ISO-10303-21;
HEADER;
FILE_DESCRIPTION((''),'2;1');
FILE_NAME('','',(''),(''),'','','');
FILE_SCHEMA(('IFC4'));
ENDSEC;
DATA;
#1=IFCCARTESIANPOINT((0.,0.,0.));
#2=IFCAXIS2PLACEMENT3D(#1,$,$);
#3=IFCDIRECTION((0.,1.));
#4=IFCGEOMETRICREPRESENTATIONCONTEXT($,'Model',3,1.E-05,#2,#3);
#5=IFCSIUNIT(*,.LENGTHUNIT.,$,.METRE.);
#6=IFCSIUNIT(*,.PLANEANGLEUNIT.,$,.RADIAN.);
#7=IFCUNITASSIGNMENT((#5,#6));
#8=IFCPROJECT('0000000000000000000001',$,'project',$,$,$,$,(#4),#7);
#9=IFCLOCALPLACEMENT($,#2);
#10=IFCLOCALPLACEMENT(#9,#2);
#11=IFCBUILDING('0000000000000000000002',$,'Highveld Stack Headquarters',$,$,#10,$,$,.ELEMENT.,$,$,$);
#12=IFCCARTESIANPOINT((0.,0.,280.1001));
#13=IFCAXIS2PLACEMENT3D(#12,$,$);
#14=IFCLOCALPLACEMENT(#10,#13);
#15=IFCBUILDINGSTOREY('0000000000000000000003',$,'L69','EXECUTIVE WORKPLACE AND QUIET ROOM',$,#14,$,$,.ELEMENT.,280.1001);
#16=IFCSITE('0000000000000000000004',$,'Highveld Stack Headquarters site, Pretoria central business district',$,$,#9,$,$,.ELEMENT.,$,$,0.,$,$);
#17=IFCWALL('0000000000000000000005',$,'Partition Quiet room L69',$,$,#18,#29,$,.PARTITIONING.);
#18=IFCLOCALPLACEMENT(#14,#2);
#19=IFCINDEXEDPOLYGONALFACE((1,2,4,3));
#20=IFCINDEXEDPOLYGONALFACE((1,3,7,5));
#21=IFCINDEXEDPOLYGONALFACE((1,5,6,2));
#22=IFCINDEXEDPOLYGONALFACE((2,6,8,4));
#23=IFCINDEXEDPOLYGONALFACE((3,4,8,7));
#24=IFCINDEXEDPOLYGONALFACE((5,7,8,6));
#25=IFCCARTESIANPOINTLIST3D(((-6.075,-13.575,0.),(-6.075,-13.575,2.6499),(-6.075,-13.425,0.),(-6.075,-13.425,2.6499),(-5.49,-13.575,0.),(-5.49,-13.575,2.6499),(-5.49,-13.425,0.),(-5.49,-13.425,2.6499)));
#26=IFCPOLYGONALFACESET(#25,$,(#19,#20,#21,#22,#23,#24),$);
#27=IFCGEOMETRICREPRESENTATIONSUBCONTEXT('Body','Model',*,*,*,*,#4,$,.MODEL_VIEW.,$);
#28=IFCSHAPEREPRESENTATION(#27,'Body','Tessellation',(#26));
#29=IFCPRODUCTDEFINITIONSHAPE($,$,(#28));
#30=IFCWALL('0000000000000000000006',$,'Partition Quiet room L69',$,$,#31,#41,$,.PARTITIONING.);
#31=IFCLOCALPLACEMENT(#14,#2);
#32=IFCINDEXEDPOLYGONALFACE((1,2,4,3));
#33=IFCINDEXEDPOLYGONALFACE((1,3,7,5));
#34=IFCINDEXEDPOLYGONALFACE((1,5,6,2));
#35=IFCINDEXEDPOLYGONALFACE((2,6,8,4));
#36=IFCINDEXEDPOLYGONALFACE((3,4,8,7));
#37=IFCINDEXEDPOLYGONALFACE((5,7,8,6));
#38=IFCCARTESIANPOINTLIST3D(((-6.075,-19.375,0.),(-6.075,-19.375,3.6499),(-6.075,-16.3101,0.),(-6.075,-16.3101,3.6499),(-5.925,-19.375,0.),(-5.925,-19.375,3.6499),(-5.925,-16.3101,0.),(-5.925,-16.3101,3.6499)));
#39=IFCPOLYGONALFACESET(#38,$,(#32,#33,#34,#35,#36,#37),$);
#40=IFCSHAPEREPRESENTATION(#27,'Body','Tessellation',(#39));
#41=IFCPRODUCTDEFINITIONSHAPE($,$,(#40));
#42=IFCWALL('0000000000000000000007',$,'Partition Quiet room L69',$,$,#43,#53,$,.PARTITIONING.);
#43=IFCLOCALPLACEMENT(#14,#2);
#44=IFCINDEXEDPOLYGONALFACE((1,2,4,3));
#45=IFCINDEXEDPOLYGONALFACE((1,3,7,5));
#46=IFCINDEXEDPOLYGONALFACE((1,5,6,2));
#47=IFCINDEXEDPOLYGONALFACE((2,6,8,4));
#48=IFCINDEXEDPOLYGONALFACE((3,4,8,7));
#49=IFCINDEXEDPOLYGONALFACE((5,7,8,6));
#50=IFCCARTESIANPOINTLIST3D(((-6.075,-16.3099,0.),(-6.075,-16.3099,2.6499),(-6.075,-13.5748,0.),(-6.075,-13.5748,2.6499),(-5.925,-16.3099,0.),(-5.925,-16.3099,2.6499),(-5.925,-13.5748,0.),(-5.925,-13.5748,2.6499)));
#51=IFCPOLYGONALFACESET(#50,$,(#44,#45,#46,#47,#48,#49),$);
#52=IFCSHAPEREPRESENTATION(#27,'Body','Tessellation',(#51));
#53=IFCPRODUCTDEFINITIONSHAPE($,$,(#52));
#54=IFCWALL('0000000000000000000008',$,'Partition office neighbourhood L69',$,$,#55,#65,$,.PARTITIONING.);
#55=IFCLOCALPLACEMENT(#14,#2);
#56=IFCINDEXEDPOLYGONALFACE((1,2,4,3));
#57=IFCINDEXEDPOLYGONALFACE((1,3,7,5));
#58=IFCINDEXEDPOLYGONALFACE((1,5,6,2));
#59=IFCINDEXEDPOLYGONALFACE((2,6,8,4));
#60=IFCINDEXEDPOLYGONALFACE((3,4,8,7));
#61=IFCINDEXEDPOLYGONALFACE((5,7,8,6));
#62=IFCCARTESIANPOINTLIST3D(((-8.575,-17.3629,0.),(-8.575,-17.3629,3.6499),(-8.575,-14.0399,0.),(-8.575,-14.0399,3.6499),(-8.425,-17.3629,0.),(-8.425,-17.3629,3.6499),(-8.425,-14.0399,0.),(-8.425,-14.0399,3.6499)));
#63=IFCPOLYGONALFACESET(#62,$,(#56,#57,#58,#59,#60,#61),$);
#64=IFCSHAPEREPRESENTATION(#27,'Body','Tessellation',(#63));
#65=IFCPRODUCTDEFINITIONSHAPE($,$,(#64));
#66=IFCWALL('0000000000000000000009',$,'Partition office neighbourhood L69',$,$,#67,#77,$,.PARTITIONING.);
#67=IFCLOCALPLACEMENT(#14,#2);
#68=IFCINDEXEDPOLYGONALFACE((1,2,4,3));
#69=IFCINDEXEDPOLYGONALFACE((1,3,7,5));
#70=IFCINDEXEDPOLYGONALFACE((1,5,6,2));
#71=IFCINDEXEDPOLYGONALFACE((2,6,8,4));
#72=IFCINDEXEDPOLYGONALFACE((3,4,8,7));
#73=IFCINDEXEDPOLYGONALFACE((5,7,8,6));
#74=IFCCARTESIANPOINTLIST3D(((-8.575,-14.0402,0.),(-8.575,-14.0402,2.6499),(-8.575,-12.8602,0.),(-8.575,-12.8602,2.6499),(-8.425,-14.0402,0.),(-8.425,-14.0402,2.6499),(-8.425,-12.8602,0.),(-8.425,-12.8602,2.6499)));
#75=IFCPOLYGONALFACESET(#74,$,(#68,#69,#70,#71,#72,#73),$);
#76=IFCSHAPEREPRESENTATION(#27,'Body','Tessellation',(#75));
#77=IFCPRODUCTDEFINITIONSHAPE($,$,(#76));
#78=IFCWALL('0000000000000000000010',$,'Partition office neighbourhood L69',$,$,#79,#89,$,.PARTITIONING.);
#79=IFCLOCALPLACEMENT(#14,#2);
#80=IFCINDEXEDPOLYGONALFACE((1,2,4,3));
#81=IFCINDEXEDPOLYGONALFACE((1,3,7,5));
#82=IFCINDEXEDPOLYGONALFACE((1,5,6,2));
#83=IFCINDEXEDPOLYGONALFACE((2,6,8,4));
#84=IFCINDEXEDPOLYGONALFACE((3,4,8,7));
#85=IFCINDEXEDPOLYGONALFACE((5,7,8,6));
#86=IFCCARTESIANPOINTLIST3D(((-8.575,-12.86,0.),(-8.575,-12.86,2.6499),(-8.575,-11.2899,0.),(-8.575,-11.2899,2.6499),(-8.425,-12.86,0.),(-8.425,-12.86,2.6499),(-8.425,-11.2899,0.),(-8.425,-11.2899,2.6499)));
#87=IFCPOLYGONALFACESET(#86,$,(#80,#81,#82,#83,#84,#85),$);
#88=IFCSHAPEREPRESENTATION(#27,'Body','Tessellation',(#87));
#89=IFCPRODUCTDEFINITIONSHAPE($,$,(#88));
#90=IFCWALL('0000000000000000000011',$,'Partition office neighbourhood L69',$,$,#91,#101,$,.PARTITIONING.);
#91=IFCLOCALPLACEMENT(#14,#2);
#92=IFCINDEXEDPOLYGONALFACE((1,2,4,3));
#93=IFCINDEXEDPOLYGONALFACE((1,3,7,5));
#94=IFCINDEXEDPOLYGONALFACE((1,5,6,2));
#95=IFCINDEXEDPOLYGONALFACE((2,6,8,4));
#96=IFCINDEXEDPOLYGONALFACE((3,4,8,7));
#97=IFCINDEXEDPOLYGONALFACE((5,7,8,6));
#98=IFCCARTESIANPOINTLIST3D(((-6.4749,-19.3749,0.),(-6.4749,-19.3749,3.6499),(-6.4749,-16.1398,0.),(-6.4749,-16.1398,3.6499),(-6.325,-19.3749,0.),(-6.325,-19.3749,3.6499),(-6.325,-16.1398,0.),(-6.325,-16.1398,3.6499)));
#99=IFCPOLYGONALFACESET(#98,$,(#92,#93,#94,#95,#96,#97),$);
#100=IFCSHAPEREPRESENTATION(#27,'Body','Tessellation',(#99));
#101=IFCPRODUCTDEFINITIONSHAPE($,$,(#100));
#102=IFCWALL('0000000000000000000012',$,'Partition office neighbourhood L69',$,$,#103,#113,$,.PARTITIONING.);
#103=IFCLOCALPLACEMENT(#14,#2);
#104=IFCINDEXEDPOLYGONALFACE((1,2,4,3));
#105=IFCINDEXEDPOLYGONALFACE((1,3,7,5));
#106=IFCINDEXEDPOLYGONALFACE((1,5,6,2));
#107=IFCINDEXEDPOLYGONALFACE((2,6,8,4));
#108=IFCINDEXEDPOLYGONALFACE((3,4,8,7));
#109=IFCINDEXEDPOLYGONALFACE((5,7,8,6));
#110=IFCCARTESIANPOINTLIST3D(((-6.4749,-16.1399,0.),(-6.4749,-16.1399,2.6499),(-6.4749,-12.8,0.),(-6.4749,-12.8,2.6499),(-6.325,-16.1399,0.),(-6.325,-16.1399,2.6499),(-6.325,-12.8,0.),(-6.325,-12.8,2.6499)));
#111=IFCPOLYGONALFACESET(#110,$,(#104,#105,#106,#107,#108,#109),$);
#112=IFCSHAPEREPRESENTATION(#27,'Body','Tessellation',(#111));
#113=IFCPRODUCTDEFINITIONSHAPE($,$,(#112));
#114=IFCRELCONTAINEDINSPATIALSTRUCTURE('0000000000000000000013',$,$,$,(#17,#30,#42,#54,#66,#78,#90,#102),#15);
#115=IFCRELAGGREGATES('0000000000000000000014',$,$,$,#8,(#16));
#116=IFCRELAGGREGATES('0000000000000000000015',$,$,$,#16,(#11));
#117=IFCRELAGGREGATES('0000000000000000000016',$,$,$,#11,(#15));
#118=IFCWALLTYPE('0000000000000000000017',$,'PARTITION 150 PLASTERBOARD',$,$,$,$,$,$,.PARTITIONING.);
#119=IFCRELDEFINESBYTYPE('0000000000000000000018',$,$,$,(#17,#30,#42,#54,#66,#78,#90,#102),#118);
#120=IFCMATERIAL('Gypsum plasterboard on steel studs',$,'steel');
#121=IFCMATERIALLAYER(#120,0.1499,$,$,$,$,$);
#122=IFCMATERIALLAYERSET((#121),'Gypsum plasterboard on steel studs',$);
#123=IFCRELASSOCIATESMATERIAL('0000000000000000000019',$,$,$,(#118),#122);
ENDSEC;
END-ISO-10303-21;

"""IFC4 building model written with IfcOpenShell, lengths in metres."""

from ifc_helpers import new_model, si_unit, direction, frame, frame_2d, origin, place, context, subcontext, project, spatial, rectangle, extrude, material, layer, layer_set, type_object, element, save


model = new_model("IFC4")

# Units and contexts
model_context = context("Model", 3, precision=1e-05, world=origin(), true_north=direction((0.0, 1.0)))
body_context = subcontext(model_context, "Body", "Model", "MODEL_VIEW")
ifc_project = project(units=[si_unit("LENGTHUNIT", "METRE"), si_unit("PLANEANGLEUNIT", "RADIAN")], contexts=[model_context])

# Site, building, storey
site_placement = place(None, origin())
site = spatial("IfcSite", under=ifc_project, at=site_placement, Name="Highveld Stack Headquarters site, Pretoria central business district", CompositionType="ELEMENT", RefElevation=0.0)
building_placement = place(site_placement, origin())
building = spatial("IfcBuilding", under=site, at=building_placement, Name="Highveld Stack Headquarters", CompositionType="ELEMENT")
storey_placement = place(building_placement, frame((0.0, 0.0, 280.1001)))
storey = spatial("IfcBuildingStorey", under=building, at=storey_placement, Name="L69", Description="EXECUTIVE WORKPLACE AND QUIET ROOM", CompositionType="ELEMENT", Elevation=280.1001)

# Walls
ifc_material_1 = material(Name="Gypsum plasterboard on steel studs", Category="steel")
ifc_layer_1 = layer(ifc_material_1, 0.1499)
ifc_layer_set_1 = layer_set([ifc_layer_1], Name="Gypsum plasterboard on steel studs")
wall_type = type_object("IfcWallType", Name="PARTITION 150 PLASTERBOARD", PredefinedType="PARTITIONING", material=ifc_layer_set_1)
wall_1_placement = place(storey_placement, frame((-6.075, -13.5, 0.0), z_axis=(0.0, 0.0, 1.0), x_axis=(1.0, 0.0, 0.0)))
element("IfcWall", 1, at=wall_1_placement, inside=storey, type_object=wall_type, Name="Partition Quiet room L69", PredefinedType="PARTITIONING", context=body_context, shape_type="SweptSolid", body=[
    extrude(rectangle(XDim=0.585, YDim=0.1499, at=frame_2d((0.2925, 0.0))), origin(), (0.0, 0.0, 1.0), 2.6499),
])
wall_2_placement = place(storey_placement, frame((-6.0, -19.375, 0.0), z_axis=(0.0, 0.0, 1.0), x_axis=(0.0, 1.0, 0.0)))
element("IfcWall", 2, at=wall_2_placement, inside=storey, type_object=wall_type, Name="Partition Quiet room L69", PredefinedType="PARTITIONING", context=body_context, shape_type="SweptSolid", body=[
    extrude(rectangle(XDim=3.0649, YDim=0.1499, at=frame_2d((1.5325, 0.0))), origin(), (0.0, 0.0, 1.0), 3.6499),
])
wall_3_placement = place(storey_placement, frame((-6.0, -16.3101, 0.0), z_axis=(0.0, 0.0, 1.0), x_axis=(0.0, 1.0, 0.0)))
element("IfcWall", 3, at=wall_3_placement, inside=storey, type_object=wall_type, Name="Partition Quiet room L69", PredefinedType="PARTITIONING", context=body_context, shape_type="SweptSolid", body=[
    extrude(rectangle(XDim=2.7351, YDim=0.1499, at=frame_2d((1.3677, 0.0))), origin(), (0.0, 0.0, 1.0), 2.6499),
])
wall_4_placement = place(storey_placement, frame((-8.5, -17.363, 0.0), z_axis=(0.0, 0.0, 1.0), x_axis=(0.0, 1.0, 0.0)))
element("IfcWall", 4, at=wall_4_placement, inside=storey, type_object=wall_type, Name="Partition office neighbourhood L69", PredefinedType="PARTITIONING", context=body_context, shape_type="SweptSolid", body=[
    extrude(rectangle(XDim=3.323, YDim=0.1499, at=frame_2d((1.6616, 0.0))), origin(), (0.0, 0.0, 1.0), 3.6499),
])
wall_5_placement = place(storey_placement, frame((-8.5, -14.04, 0.0), z_axis=(0.0, 0.0, 1.0), x_axis=(0.0, 1.0, 0.0)))
element("IfcWall", 5, at=wall_5_placement, inside=storey, type_object=wall_type, Name="Partition office neighbourhood L69", PredefinedType="PARTITIONING", context=body_context, shape_type="SweptSolid", body=[
    extrude(rectangle(XDim=1.1799, YDim=0.1499, at=frame_2d((0.5898, 0.0))), origin(), (0.0, 0.0, 1.0), 2.6499),
])
wall_6_placement = place(storey_placement, frame((-8.5, -12.8601, 0.0), z_axis=(0.0, 0.0, 1.0), x_axis=(0.0, 1.0, 0.0)))
element("IfcWall", 6, at=wall_6_placement, inside=storey, type_object=wall_type, Name="Partition office neighbourhood L69", PredefinedType="PARTITIONING", context=body_context, shape_type="SweptSolid", body=[
    extrude(rectangle(XDim=1.5701, YDim=0.1499, at=frame_2d((0.7852, 0.0))), origin(), (0.0, 0.0, 1.0), 2.6499),
])
wall_7_placement = place(storey_placement, frame((-6.3999, -19.375, 0.0), z_axis=(0.0, 0.0, 1.0), x_axis=(0.0, 1.0, 0.0)))
element("IfcWall", 7, at=wall_7_placement, inside=storey, type_object=wall_type, Name="Partition office neighbourhood L69", PredefinedType="PARTITIONING", context=body_context, shape_type="SweptSolid", body=[
    extrude(rectangle(XDim=3.2351, YDim=0.1499, at=frame_2d((1.6177, 0.0))), origin(), (0.0, 0.0, 1.0), 3.6499),
])
wall_8_placement = place(storey_placement, frame((-6.3999, -16.1399, 0.0), z_axis=(0.0, 0.0, 1.0), x_axis=(0.0, 1.0, 0.0)))
element("IfcWall", 8, at=wall_8_placement, inside=storey, type_object=wall_type, Name="Partition office neighbourhood L69", PredefinedType="PARTITIONING", context=body_context, shape_type="SweptSolid", body=[
    extrude(rectangle(XDim=3.3398, YDim=0.1499, at=frame_2d((1.6699, 0.0))), origin(), (0.0, 0.0, 1.0), 2.6499),
])

save(model, "model.ifc")
